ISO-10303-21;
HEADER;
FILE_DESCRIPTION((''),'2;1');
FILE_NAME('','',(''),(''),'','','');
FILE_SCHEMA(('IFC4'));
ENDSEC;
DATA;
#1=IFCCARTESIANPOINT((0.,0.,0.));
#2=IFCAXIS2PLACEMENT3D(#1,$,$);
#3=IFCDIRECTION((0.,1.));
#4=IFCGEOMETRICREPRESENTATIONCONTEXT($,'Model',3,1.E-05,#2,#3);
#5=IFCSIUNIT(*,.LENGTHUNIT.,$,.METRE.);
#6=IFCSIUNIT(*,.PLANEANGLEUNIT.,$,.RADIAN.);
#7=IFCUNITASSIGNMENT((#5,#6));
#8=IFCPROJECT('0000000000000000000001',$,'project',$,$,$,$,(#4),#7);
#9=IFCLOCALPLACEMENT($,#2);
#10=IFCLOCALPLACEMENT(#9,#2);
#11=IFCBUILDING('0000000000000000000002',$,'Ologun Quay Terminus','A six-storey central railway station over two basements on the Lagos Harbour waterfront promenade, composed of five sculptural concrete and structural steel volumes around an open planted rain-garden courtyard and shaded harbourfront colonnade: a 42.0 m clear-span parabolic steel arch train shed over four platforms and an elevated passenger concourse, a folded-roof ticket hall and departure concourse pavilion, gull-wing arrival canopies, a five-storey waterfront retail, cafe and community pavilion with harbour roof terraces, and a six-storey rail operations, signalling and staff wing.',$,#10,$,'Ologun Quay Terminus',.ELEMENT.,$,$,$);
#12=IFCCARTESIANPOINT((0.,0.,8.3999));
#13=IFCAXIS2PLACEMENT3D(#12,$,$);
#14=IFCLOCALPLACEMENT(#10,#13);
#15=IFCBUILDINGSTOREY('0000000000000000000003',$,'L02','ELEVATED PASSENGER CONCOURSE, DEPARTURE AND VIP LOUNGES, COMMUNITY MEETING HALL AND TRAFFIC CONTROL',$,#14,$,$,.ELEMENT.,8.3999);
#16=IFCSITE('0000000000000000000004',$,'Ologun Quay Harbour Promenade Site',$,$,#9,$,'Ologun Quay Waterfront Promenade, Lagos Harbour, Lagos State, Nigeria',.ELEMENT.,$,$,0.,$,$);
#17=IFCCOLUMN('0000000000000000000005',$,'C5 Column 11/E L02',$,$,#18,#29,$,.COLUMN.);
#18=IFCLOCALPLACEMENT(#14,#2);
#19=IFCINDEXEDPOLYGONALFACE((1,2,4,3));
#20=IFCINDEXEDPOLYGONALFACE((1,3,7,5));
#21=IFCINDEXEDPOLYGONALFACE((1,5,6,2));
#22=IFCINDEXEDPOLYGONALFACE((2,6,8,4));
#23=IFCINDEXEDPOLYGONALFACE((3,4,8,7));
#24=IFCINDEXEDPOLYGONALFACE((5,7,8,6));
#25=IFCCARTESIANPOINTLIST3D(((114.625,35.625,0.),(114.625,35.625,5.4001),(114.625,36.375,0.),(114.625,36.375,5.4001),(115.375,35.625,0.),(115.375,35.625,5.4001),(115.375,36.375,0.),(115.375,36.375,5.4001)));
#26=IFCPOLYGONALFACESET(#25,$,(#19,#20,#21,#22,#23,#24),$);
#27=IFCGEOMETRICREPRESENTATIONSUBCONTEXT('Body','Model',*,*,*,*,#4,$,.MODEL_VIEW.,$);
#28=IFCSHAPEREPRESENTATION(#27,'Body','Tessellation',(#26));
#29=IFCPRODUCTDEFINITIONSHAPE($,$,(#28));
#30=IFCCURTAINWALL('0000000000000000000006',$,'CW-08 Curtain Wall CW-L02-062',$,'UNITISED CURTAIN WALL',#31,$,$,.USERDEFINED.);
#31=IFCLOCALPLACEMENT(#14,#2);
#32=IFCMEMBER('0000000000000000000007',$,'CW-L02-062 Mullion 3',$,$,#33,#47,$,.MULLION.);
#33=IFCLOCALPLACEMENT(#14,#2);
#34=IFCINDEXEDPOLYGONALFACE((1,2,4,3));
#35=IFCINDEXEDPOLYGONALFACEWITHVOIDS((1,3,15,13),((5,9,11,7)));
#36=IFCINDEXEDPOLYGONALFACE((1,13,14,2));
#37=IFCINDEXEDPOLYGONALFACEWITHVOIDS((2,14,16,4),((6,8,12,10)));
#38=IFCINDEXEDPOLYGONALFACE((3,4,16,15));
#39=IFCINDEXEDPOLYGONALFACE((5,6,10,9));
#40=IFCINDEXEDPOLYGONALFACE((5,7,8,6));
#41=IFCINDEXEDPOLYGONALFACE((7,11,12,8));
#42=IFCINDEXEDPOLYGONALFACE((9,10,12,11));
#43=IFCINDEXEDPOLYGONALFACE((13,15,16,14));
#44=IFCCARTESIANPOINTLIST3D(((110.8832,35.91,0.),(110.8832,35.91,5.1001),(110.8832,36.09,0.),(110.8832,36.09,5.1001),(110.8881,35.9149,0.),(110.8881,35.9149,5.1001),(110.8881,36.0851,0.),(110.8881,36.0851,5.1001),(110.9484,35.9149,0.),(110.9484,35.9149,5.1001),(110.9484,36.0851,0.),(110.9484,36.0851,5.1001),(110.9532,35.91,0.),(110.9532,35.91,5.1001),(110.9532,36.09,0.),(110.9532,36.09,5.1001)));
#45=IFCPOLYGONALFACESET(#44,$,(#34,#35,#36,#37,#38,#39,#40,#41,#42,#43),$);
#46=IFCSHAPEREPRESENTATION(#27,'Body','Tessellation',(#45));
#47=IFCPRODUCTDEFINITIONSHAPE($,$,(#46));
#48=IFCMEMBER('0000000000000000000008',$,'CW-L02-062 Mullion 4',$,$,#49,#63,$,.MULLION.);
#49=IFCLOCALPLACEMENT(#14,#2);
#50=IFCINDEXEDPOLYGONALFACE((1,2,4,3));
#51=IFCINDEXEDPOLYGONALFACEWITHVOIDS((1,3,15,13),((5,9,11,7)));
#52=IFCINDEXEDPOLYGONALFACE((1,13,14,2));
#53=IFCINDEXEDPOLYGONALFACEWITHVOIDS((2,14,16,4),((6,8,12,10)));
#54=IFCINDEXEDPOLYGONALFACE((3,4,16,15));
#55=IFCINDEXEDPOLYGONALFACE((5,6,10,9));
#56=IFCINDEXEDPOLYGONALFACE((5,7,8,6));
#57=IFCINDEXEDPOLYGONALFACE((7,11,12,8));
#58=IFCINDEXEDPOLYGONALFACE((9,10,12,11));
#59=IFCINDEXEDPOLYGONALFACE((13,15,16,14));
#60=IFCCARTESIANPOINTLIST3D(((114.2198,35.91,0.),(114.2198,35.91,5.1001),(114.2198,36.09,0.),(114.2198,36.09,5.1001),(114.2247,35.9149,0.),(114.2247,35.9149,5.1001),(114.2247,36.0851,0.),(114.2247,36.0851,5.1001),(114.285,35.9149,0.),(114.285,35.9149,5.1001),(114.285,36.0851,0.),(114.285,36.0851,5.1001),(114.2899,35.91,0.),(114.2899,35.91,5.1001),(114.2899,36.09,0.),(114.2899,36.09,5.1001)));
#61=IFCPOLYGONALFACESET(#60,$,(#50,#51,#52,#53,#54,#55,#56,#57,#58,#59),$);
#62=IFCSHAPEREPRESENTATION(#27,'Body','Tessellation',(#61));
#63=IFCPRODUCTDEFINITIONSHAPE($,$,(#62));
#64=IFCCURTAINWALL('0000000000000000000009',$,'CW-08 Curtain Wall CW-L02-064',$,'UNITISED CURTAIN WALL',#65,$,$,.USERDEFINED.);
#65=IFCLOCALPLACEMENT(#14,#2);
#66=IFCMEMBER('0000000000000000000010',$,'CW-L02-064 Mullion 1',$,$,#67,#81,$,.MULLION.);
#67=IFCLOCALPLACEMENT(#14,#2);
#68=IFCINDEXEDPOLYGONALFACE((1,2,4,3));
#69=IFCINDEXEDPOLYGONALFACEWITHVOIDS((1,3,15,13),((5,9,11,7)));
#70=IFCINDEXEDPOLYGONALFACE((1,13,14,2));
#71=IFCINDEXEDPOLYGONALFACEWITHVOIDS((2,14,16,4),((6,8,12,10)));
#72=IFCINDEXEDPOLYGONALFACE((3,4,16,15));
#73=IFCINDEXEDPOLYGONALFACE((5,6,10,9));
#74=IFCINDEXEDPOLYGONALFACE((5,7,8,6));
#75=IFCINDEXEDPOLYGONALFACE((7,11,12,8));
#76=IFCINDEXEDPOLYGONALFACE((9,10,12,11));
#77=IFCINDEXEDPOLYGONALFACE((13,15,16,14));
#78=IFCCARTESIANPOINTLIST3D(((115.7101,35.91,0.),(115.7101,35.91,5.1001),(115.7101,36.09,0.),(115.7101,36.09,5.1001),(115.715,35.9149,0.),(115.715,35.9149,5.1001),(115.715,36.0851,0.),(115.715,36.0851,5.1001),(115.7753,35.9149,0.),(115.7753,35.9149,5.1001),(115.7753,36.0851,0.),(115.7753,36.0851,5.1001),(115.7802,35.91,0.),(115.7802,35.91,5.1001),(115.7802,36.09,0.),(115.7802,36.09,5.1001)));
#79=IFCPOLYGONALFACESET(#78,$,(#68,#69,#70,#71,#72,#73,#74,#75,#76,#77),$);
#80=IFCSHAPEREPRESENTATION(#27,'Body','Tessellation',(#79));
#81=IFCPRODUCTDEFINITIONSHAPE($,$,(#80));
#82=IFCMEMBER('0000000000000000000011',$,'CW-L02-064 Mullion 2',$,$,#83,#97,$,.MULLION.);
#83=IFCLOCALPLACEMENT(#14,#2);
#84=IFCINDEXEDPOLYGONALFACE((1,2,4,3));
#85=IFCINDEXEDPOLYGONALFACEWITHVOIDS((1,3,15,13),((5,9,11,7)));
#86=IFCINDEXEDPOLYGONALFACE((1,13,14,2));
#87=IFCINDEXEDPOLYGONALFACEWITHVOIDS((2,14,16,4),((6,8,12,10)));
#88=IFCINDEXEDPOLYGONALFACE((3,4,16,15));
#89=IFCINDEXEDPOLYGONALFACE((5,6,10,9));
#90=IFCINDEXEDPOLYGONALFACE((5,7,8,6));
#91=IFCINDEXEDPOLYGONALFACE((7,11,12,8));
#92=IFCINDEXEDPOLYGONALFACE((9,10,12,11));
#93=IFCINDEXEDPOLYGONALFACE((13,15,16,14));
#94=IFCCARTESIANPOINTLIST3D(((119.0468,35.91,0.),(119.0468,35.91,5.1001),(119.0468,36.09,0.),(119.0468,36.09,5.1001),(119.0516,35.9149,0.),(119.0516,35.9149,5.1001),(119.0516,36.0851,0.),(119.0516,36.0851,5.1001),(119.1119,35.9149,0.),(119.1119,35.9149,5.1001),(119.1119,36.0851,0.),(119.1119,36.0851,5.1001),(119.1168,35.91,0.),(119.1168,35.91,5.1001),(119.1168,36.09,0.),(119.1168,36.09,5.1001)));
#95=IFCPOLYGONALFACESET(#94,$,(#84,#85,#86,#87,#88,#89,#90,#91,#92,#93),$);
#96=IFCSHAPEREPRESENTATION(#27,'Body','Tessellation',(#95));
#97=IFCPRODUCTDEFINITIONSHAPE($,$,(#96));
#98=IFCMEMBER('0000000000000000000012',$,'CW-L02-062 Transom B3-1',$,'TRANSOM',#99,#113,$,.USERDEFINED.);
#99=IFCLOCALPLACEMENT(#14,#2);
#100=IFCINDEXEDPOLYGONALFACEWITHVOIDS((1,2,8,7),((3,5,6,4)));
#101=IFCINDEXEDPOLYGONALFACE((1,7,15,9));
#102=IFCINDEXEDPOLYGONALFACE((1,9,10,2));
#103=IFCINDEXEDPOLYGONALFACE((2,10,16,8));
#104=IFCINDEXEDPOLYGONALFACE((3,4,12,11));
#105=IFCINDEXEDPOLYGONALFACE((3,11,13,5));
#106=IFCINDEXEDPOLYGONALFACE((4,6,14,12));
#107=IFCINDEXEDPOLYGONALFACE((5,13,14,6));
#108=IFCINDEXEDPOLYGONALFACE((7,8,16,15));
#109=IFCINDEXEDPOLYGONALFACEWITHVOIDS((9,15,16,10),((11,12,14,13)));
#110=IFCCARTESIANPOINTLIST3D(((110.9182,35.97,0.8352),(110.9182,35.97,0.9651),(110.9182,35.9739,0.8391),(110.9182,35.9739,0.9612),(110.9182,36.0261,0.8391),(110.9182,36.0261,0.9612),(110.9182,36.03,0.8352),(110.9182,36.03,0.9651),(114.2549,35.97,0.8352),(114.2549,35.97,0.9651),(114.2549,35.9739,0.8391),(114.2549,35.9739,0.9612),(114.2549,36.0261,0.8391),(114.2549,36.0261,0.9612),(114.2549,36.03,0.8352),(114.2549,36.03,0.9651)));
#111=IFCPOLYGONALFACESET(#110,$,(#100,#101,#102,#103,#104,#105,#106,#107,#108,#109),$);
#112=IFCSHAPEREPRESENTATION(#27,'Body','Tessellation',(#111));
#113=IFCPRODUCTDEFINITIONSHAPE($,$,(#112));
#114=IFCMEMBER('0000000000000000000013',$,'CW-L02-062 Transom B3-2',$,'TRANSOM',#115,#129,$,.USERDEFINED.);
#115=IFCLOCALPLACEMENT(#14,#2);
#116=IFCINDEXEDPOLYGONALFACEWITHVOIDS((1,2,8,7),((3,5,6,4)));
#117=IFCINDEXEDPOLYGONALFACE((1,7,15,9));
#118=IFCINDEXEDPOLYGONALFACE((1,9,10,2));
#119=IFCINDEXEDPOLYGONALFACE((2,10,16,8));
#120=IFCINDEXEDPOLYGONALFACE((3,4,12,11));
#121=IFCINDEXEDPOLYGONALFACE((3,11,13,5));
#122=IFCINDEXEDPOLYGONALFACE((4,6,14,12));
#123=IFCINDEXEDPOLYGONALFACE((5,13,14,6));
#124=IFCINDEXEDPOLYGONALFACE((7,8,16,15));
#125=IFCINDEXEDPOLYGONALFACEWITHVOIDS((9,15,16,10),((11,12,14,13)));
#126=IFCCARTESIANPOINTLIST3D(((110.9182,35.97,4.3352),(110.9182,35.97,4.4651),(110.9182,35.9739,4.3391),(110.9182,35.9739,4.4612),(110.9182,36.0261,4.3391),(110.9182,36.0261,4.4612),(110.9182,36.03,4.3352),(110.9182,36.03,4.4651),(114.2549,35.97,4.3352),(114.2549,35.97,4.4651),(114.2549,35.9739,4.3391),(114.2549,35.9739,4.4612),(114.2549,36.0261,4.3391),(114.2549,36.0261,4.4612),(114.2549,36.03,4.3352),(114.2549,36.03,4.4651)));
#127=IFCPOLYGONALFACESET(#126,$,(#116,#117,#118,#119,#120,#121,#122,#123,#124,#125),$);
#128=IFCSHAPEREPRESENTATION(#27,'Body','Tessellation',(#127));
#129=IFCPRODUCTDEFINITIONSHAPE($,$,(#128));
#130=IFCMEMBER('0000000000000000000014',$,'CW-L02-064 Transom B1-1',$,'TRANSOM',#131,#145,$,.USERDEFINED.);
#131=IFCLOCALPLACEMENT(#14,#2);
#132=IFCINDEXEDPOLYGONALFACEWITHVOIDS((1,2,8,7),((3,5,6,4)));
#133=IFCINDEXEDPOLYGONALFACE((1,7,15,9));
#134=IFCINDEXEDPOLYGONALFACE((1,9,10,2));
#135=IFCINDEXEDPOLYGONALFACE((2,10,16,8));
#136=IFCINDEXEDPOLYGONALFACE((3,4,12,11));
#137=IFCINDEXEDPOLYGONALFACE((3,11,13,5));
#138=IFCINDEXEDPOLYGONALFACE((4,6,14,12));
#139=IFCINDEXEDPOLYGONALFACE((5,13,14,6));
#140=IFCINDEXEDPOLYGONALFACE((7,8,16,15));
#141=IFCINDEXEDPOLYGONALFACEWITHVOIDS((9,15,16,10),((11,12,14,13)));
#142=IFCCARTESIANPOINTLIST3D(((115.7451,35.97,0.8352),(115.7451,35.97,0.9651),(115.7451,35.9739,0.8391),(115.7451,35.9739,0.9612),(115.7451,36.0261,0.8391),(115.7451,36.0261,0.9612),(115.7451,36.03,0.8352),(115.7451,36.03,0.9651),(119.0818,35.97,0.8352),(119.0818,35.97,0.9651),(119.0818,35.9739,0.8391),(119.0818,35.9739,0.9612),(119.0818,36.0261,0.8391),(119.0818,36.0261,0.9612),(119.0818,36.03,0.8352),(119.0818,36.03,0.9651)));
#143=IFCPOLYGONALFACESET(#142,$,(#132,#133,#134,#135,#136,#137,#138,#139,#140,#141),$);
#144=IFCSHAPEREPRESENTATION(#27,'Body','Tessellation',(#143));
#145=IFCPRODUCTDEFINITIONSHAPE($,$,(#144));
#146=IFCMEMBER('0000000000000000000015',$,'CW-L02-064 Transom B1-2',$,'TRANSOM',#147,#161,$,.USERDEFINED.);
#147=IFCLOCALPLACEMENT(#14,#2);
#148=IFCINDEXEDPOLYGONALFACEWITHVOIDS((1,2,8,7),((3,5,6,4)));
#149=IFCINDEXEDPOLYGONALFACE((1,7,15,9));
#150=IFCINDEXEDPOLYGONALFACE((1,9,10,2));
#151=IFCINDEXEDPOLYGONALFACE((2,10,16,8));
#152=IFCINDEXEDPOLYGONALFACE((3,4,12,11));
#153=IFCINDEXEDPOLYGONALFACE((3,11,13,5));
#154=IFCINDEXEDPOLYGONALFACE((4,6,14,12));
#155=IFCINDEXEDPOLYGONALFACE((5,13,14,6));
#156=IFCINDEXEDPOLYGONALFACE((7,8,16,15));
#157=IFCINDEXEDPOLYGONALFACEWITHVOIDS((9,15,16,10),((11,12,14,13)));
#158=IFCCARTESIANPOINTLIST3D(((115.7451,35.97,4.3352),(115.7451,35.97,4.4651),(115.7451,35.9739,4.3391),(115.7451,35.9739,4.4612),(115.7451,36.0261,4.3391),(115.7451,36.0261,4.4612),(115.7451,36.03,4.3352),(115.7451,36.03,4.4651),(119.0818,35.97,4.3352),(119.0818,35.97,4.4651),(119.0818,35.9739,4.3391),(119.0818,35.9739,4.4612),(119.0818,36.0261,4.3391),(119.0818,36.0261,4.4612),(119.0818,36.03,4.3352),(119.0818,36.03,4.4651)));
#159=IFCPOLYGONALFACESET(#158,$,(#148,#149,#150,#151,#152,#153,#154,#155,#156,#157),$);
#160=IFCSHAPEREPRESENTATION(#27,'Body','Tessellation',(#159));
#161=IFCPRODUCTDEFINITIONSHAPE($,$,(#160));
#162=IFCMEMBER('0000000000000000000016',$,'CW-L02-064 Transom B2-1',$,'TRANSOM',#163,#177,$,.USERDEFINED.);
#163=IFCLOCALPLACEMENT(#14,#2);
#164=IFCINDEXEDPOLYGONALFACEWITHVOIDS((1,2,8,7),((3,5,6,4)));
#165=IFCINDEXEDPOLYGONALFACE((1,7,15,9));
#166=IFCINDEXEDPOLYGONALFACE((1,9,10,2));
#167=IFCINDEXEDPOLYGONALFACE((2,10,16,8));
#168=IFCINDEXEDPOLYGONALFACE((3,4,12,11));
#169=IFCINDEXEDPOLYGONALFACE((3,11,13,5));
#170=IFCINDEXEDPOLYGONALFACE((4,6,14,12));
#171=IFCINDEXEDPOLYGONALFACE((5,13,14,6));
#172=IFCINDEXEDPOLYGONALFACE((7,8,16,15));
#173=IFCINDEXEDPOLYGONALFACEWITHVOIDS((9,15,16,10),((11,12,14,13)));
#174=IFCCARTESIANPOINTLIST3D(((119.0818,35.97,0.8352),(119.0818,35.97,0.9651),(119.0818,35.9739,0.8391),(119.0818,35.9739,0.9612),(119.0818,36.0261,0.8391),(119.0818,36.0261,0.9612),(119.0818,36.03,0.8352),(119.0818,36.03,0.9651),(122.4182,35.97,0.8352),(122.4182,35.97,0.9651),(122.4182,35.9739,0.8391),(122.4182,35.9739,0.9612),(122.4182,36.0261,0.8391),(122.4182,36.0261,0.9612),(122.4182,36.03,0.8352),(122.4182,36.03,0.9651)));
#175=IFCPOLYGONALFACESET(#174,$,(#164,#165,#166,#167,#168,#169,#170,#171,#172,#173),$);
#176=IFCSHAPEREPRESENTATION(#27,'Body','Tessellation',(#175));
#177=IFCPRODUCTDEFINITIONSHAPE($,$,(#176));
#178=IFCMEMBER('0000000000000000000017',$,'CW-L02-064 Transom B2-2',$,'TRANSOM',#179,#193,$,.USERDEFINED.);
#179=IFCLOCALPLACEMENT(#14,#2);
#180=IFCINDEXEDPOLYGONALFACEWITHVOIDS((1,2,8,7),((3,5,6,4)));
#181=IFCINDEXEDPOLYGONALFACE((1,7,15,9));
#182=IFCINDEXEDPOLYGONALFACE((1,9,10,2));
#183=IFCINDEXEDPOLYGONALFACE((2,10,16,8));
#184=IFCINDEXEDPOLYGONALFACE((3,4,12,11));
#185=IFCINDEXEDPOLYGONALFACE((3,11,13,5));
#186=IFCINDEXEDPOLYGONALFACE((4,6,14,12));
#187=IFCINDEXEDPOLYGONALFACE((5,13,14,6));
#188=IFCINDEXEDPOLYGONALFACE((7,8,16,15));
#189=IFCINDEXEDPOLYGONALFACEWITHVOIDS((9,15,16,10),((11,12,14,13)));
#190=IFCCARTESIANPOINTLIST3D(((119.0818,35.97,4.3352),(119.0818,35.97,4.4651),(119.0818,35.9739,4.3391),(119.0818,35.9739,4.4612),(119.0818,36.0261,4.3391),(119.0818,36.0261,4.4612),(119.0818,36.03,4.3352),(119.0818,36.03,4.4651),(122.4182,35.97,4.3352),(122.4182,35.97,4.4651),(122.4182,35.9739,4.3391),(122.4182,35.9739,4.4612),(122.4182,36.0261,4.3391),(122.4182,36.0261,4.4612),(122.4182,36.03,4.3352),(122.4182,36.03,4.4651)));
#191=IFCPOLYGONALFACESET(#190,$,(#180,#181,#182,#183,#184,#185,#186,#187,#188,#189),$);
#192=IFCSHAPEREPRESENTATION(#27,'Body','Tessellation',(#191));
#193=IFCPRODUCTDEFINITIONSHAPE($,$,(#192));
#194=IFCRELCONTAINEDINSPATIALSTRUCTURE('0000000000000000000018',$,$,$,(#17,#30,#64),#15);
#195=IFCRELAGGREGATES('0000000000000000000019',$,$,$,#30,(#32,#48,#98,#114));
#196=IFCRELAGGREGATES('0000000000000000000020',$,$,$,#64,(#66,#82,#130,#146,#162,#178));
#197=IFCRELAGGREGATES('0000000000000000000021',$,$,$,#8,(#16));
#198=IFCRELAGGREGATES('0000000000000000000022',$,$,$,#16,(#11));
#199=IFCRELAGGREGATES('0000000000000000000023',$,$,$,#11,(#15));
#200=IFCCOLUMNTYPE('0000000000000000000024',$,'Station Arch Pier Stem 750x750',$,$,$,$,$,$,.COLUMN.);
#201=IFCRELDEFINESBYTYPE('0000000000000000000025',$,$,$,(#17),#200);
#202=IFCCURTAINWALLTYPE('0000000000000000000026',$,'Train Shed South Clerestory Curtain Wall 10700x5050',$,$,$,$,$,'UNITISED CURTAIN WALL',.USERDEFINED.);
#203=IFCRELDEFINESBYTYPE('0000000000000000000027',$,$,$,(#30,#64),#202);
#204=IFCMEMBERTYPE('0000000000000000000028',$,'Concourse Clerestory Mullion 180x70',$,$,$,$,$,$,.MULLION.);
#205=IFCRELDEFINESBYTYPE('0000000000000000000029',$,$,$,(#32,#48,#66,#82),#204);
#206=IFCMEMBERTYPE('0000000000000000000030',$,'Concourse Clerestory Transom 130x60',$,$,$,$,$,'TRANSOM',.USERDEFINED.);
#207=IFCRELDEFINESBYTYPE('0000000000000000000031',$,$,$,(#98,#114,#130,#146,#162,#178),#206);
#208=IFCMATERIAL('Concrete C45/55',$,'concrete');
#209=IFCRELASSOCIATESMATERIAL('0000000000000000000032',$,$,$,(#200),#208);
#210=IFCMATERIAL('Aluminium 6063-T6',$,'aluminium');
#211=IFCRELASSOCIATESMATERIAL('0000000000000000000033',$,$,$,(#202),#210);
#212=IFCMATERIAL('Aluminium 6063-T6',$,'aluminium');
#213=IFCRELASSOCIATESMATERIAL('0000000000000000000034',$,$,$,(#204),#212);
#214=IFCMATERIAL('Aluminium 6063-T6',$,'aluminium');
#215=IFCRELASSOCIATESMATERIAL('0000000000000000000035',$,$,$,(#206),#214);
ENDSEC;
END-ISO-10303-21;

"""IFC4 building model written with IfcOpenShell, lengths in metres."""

from ifc_helpers import new_model, si_unit, direction, frame, origin, origin_2d, place, context, subcontext, project, spatial, rectangle, hollow_rectangle, extrude, material, material_profile, profile_set, type_object, element, aggregate, save


model = new_model("IFC4")

# Units and contexts
model_context = context("Model", 3, precision=1e-05, world=origin(), true_north=direction((0.0, 1.0)))
body_context = subcontext(model_context, "Body", "Model", "MODEL_VIEW")
ifc_project = project(units=[si_unit("LENGTHUNIT", "METRE"), si_unit("PLANEANGLEUNIT", "RADIAN")], contexts=[model_context])

# Site, building, storey
site_placement = place(None, origin())
site = spatial("IfcSite", under=ifc_project, at=site_placement, Name="Ologun Quay Harbour Promenade Site", LongName="Ologun Quay Waterfront Promenade, Lagos Harbour, Lagos State, Nigeria", CompositionType="ELEMENT", RefElevation=0.0)
building_placement = place(site_placement, origin())
building = spatial("IfcBuilding", under=site, at=building_placement, Name="Ologun Quay Terminus", Description="A six-storey central railway station over two basements on the Lagos Harbour waterfront promenade, composed of five sculptural concrete and structural steel volumes around an open planted rain-garden courtyard and shaded harbourfront colonnade: a 42.0 m clear-span parabolic steel arch train shed over four platforms and an elevated passenger concourse, a folded-roof ticket hall and departure concourse pavilion, gull-wing arrival canopies, a five-storey waterfront retail, cafe and community pavilion with harbour roof terraces, and a six-storey rail operations, signalling and staff wing.", LongName="Ologun Quay Terminus", CompositionType="ELEMENT")
storey_placement = place(building_placement, frame((0.0, 0.0, 8.3999)))
storey = spatial("IfcBuildingStorey", under=building, at=storey_placement, Name="L02", Description="ELEVATED PASSENGER CONCOURSE, DEPARTURE AND VIP LOUNGES, COMMUNITY MEETING HALL AND TRAFFIC CONTROL", CompositionType="ELEMENT", Elevation=8.3999)

# Column
ifc_material_1 = material(Name="Concrete C45/55", Category="concrete")
ifc_material_profile_1 = material_profile(ifc_material_1, rectangle(XDim=0.75, YDim=0.75, at=origin_2d()), Name="RC 750x750")
ifc_profile_set_1 = profile_set([ifc_material_profile_1], Name="Concrete C45/55")
column_type = type_object("IfcColumnType", Name="Station Arch Pier Stem 750x750", PredefinedType="COLUMN", material=ifc_profile_set_1)
column_placement = place(storey_placement, frame((115.0, 36.0, 0.0), z_axis=(0.0, 0.0, 1.0), x_axis=(1.0, 0.0, 0.0)))
element("IfcColumn", 1, at=column_placement, inside=storey, type_object=column_type, Name="C5 Column 11/E L02", PredefinedType="COLUMN", context=body_context, shape_type="SweptSolid", body=[
    extrude(rectangle(XDim=0.75, YDim=0.75, at=origin_2d()), origin(), (0.0, 0.0, 1.0), 5.4001),
])

# Curtain walls, members
ifc_material_2 = material(Name="Aluminium 6063-T6", Category="aluminium")
curtain_wall_type_1 = type_object("IfcCurtainWallType", Name="Train Shed South Clerestory Curtain Wall 10700x5050", ElementType="UNITISED CURTAIN WALL", PredefinedType="USERDEFINED", material=ifc_material_2)
curtain_wall_1_placement = place(storey_placement, origin())
curtain_wall_1 = element("IfcCurtainWall", 2, at=curtain_wall_1_placement, inside=storey, type_object=curtain_wall_type_1, Name="CW-08 Curtain Wall CW-L02-062", ObjectType="UNITISED CURTAIN WALL", PredefinedType="USERDEFINED")
ifc_material_3 = material(Name="Aluminium 6063-T6", Category="aluminium")
ifc_material_profile_2 = material_profile(ifc_material_3, hollow_rectangle(XDim=0.0701, YDim=0.1799, WallThickness=0.0049, at=origin_2d()), Name="ALU 180x70x5")
ifc_profile_set_2 = profile_set([ifc_material_profile_2], Name="Aluminium 6063-T6")
member_type_1 = type_object("IfcMemberType", Name="Concourse Clerestory Mullion 180x70", PredefinedType="MULLION", material=ifc_profile_set_2)
member_1_placement = place(storey_placement, frame((110.9182, 36.0, 0.0), z_axis=(0.0, 0.0, 1.0), x_axis=(1.0, 0.0, 0.0)))
member_1 = element("IfcMember", 3, at=member_1_placement, type_object=member_type_1, Name="CW-L02-062 Mullion 3", PredefinedType="MULLION", context=body_context, shape_type="SweptSolid", body=[
    extrude(hollow_rectangle(XDim=0.0701, YDim=0.1799, WallThickness=0.0049, at=origin_2d()), origin(), (0.0, 0.0, 1.0), 5.1001),
])
member_2_placement = place(storey_placement, frame((114.2549, 36.0, 0.0), z_axis=(0.0, 0.0, 1.0), x_axis=(1.0, 0.0, 0.0)))
member_2 = element("IfcMember", 4, at=member_2_placement, type_object=member_type_1, Name="CW-L02-062 Mullion 4", PredefinedType="MULLION", context=body_context, shape_type="SweptSolid", body=[
    extrude(hollow_rectangle(XDim=0.0701, YDim=0.1799, WallThickness=0.0049, at=origin_2d()), origin(), (0.0, 0.0, 1.0), 5.1001),
])
curtain_wall_2_placement = place(storey_placement, origin())
curtain_wall_2 = element("IfcCurtainWall", 5, at=curtain_wall_2_placement, inside=storey, type_object=curtain_wall_type_1, Name="CW-08 Curtain Wall CW-L02-064", ObjectType="UNITISED CURTAIN WALL", PredefinedType="USERDEFINED")
member_3_placement = place(storey_placement, frame((115.7451, 36.0, 0.0), z_axis=(0.0, 0.0, 1.0), x_axis=(1.0, 0.0, 0.0)))
member_3 = element("IfcMember", 6, at=member_3_placement, type_object=member_type_1, Name="CW-L02-064 Mullion 1", PredefinedType="MULLION", context=body_context, shape_type="SweptSolid", body=[
    extrude(hollow_rectangle(XDim=0.0701, YDim=0.1799, WallThickness=0.0049, at=origin_2d()), origin(), (0.0, 0.0, 1.0), 5.1001),
])
member_4_placement = place(storey_placement, frame((119.0818, 36.0, 0.0), z_axis=(0.0, 0.0, 1.0), x_axis=(1.0, 0.0, 0.0)))
member_4 = element("IfcMember", 7, at=member_4_placement, type_object=member_type_1, Name="CW-L02-064 Mullion 2", PredefinedType="MULLION", context=body_context, shape_type="SweptSolid", body=[
    extrude(hollow_rectangle(XDim=0.0701, YDim=0.1799, WallThickness=0.0049, at=origin_2d()), origin(), (0.0, 0.0, 1.0), 5.1001),
])

# Members
ifc_material_4 = material(Name="Aluminium 6063-T6", Category="aluminium")
ifc_material_profile_3 = material_profile(ifc_material_4, hollow_rectangle(XDim=0.0601, YDim=0.1299, WallThickness=0.0039, at=origin_2d()), Name="ALU 130x60x4")
ifc_profile_set_3 = profile_set([ifc_material_profile_3], Name="Aluminium 6063-T6")
member_type_2 = type_object("IfcMemberType", Name="Concourse Clerestory Transom 130x60", ElementType="TRANSOM", PredefinedType="USERDEFINED", material=ifc_profile_set_3)
member_5_placement = place(storey_placement, frame((110.9182, 36.0, 0.9001), z_axis=(1.0, 0.0, 0.0), x_axis=(0.0, 1.0, 0.0)))
member_5 = element("IfcMember", 8, at=member_5_placement, type_object=member_type_2, Name="CW-L02-062 Transom B3-1", ObjectType="TRANSOM", PredefinedType="USERDEFINED", context=body_context, shape_type="SweptSolid", body=[
    extrude(hollow_rectangle(XDim=0.0601, YDim=0.1299, WallThickness=0.0039, at=origin_2d()), origin(), (0.0, 0.0, 1.0), 3.3367),
])
member_6_placement = place(storey_placement, frame((110.9182, 36.0, 4.4001), z_axis=(1.0, 0.0, 0.0), x_axis=(0.0, 1.0, 0.0)))
member_6 = element("IfcMember", 9, at=member_6_placement, type_object=member_type_2, Name="CW-L02-062 Transom B3-2", ObjectType="TRANSOM", PredefinedType="USERDEFINED", context=body_context, shape_type="SweptSolid", body=[
    extrude(hollow_rectangle(XDim=0.0601, YDim=0.1299, WallThickness=0.0039, at=origin_2d()), origin(), (0.0, 0.0, 1.0), 3.3367),
])
member_7_placement = place(storey_placement, frame((115.7451, 36.0, 0.9001), z_axis=(1.0, 0.0, 0.0), x_axis=(0.0, 1.0, 0.0)))
member_7 = element("IfcMember", 10, at=member_7_placement, type_object=member_type_2, Name="CW-L02-064 Transom B1-1", ObjectType="TRANSOM", PredefinedType="USERDEFINED", context=body_context, shape_type="SweptSolid", body=[
    extrude(hollow_rectangle(XDim=0.0601, YDim=0.1299, WallThickness=0.0039, at=origin_2d()), origin(), (0.0, 0.0, 1.0), 3.3367),
])
member_8_placement = place(storey_placement, frame((115.7451, 36.0, 4.4001), z_axis=(1.0, 0.0, 0.0), x_axis=(0.0, 1.0, 0.0)))
member_8 = element("IfcMember", 11, at=member_8_placement, type_object=member_type_2, Name="CW-L02-064 Transom B1-2", ObjectType="TRANSOM", PredefinedType="USERDEFINED", context=body_context, shape_type="SweptSolid", body=[
    extrude(hollow_rectangle(XDim=0.0601, YDim=0.1299, WallThickness=0.0039, at=origin_2d()), origin(), (0.0, 0.0, 1.0), 3.3367),
])
member_9_placement = place(storey_placement, frame((119.0818, 36.0, 0.9001), z_axis=(1.0, 0.0, 0.0), x_axis=(0.0, 1.0, 0.0)))
member_9 = element("IfcMember", 12, at=member_9_placement, type_object=member_type_2, Name="CW-L02-064 Transom B2-1", ObjectType="TRANSOM", PredefinedType="USERDEFINED", context=body_context, shape_type="SweptSolid", body=[
    extrude(hollow_rectangle(XDim=0.0601, YDim=0.1299, WallThickness=0.0039, at=origin_2d()), origin(), (0.0, 0.0, 1.0), 3.3364),
])
member_10_placement = place(storey_placement, frame((119.0818, 36.0, 4.4001), z_axis=(1.0, 0.0, 0.0), x_axis=(0.0, 1.0, 0.0)))
member_10 = element("IfcMember", 13, at=member_10_placement, type_object=member_type_2, Name="CW-L02-064 Transom B2-2", ObjectType="TRANSOM", PredefinedType="USERDEFINED", context=body_context, shape_type="SweptSolid", body=[
    extrude(hollow_rectangle(XDim=0.0601, YDim=0.1299, WallThickness=0.0039, at=origin_2d()), origin(), (0.0, 0.0, 1.0), 3.3364),
])

aggregate(curtain_wall_1, [member_1, member_2, member_5, member_6])
aggregate(curtain_wall_2, [member_3, member_4, member_7, member_8, member_9, member_10])

save(model, "model.ifc")
